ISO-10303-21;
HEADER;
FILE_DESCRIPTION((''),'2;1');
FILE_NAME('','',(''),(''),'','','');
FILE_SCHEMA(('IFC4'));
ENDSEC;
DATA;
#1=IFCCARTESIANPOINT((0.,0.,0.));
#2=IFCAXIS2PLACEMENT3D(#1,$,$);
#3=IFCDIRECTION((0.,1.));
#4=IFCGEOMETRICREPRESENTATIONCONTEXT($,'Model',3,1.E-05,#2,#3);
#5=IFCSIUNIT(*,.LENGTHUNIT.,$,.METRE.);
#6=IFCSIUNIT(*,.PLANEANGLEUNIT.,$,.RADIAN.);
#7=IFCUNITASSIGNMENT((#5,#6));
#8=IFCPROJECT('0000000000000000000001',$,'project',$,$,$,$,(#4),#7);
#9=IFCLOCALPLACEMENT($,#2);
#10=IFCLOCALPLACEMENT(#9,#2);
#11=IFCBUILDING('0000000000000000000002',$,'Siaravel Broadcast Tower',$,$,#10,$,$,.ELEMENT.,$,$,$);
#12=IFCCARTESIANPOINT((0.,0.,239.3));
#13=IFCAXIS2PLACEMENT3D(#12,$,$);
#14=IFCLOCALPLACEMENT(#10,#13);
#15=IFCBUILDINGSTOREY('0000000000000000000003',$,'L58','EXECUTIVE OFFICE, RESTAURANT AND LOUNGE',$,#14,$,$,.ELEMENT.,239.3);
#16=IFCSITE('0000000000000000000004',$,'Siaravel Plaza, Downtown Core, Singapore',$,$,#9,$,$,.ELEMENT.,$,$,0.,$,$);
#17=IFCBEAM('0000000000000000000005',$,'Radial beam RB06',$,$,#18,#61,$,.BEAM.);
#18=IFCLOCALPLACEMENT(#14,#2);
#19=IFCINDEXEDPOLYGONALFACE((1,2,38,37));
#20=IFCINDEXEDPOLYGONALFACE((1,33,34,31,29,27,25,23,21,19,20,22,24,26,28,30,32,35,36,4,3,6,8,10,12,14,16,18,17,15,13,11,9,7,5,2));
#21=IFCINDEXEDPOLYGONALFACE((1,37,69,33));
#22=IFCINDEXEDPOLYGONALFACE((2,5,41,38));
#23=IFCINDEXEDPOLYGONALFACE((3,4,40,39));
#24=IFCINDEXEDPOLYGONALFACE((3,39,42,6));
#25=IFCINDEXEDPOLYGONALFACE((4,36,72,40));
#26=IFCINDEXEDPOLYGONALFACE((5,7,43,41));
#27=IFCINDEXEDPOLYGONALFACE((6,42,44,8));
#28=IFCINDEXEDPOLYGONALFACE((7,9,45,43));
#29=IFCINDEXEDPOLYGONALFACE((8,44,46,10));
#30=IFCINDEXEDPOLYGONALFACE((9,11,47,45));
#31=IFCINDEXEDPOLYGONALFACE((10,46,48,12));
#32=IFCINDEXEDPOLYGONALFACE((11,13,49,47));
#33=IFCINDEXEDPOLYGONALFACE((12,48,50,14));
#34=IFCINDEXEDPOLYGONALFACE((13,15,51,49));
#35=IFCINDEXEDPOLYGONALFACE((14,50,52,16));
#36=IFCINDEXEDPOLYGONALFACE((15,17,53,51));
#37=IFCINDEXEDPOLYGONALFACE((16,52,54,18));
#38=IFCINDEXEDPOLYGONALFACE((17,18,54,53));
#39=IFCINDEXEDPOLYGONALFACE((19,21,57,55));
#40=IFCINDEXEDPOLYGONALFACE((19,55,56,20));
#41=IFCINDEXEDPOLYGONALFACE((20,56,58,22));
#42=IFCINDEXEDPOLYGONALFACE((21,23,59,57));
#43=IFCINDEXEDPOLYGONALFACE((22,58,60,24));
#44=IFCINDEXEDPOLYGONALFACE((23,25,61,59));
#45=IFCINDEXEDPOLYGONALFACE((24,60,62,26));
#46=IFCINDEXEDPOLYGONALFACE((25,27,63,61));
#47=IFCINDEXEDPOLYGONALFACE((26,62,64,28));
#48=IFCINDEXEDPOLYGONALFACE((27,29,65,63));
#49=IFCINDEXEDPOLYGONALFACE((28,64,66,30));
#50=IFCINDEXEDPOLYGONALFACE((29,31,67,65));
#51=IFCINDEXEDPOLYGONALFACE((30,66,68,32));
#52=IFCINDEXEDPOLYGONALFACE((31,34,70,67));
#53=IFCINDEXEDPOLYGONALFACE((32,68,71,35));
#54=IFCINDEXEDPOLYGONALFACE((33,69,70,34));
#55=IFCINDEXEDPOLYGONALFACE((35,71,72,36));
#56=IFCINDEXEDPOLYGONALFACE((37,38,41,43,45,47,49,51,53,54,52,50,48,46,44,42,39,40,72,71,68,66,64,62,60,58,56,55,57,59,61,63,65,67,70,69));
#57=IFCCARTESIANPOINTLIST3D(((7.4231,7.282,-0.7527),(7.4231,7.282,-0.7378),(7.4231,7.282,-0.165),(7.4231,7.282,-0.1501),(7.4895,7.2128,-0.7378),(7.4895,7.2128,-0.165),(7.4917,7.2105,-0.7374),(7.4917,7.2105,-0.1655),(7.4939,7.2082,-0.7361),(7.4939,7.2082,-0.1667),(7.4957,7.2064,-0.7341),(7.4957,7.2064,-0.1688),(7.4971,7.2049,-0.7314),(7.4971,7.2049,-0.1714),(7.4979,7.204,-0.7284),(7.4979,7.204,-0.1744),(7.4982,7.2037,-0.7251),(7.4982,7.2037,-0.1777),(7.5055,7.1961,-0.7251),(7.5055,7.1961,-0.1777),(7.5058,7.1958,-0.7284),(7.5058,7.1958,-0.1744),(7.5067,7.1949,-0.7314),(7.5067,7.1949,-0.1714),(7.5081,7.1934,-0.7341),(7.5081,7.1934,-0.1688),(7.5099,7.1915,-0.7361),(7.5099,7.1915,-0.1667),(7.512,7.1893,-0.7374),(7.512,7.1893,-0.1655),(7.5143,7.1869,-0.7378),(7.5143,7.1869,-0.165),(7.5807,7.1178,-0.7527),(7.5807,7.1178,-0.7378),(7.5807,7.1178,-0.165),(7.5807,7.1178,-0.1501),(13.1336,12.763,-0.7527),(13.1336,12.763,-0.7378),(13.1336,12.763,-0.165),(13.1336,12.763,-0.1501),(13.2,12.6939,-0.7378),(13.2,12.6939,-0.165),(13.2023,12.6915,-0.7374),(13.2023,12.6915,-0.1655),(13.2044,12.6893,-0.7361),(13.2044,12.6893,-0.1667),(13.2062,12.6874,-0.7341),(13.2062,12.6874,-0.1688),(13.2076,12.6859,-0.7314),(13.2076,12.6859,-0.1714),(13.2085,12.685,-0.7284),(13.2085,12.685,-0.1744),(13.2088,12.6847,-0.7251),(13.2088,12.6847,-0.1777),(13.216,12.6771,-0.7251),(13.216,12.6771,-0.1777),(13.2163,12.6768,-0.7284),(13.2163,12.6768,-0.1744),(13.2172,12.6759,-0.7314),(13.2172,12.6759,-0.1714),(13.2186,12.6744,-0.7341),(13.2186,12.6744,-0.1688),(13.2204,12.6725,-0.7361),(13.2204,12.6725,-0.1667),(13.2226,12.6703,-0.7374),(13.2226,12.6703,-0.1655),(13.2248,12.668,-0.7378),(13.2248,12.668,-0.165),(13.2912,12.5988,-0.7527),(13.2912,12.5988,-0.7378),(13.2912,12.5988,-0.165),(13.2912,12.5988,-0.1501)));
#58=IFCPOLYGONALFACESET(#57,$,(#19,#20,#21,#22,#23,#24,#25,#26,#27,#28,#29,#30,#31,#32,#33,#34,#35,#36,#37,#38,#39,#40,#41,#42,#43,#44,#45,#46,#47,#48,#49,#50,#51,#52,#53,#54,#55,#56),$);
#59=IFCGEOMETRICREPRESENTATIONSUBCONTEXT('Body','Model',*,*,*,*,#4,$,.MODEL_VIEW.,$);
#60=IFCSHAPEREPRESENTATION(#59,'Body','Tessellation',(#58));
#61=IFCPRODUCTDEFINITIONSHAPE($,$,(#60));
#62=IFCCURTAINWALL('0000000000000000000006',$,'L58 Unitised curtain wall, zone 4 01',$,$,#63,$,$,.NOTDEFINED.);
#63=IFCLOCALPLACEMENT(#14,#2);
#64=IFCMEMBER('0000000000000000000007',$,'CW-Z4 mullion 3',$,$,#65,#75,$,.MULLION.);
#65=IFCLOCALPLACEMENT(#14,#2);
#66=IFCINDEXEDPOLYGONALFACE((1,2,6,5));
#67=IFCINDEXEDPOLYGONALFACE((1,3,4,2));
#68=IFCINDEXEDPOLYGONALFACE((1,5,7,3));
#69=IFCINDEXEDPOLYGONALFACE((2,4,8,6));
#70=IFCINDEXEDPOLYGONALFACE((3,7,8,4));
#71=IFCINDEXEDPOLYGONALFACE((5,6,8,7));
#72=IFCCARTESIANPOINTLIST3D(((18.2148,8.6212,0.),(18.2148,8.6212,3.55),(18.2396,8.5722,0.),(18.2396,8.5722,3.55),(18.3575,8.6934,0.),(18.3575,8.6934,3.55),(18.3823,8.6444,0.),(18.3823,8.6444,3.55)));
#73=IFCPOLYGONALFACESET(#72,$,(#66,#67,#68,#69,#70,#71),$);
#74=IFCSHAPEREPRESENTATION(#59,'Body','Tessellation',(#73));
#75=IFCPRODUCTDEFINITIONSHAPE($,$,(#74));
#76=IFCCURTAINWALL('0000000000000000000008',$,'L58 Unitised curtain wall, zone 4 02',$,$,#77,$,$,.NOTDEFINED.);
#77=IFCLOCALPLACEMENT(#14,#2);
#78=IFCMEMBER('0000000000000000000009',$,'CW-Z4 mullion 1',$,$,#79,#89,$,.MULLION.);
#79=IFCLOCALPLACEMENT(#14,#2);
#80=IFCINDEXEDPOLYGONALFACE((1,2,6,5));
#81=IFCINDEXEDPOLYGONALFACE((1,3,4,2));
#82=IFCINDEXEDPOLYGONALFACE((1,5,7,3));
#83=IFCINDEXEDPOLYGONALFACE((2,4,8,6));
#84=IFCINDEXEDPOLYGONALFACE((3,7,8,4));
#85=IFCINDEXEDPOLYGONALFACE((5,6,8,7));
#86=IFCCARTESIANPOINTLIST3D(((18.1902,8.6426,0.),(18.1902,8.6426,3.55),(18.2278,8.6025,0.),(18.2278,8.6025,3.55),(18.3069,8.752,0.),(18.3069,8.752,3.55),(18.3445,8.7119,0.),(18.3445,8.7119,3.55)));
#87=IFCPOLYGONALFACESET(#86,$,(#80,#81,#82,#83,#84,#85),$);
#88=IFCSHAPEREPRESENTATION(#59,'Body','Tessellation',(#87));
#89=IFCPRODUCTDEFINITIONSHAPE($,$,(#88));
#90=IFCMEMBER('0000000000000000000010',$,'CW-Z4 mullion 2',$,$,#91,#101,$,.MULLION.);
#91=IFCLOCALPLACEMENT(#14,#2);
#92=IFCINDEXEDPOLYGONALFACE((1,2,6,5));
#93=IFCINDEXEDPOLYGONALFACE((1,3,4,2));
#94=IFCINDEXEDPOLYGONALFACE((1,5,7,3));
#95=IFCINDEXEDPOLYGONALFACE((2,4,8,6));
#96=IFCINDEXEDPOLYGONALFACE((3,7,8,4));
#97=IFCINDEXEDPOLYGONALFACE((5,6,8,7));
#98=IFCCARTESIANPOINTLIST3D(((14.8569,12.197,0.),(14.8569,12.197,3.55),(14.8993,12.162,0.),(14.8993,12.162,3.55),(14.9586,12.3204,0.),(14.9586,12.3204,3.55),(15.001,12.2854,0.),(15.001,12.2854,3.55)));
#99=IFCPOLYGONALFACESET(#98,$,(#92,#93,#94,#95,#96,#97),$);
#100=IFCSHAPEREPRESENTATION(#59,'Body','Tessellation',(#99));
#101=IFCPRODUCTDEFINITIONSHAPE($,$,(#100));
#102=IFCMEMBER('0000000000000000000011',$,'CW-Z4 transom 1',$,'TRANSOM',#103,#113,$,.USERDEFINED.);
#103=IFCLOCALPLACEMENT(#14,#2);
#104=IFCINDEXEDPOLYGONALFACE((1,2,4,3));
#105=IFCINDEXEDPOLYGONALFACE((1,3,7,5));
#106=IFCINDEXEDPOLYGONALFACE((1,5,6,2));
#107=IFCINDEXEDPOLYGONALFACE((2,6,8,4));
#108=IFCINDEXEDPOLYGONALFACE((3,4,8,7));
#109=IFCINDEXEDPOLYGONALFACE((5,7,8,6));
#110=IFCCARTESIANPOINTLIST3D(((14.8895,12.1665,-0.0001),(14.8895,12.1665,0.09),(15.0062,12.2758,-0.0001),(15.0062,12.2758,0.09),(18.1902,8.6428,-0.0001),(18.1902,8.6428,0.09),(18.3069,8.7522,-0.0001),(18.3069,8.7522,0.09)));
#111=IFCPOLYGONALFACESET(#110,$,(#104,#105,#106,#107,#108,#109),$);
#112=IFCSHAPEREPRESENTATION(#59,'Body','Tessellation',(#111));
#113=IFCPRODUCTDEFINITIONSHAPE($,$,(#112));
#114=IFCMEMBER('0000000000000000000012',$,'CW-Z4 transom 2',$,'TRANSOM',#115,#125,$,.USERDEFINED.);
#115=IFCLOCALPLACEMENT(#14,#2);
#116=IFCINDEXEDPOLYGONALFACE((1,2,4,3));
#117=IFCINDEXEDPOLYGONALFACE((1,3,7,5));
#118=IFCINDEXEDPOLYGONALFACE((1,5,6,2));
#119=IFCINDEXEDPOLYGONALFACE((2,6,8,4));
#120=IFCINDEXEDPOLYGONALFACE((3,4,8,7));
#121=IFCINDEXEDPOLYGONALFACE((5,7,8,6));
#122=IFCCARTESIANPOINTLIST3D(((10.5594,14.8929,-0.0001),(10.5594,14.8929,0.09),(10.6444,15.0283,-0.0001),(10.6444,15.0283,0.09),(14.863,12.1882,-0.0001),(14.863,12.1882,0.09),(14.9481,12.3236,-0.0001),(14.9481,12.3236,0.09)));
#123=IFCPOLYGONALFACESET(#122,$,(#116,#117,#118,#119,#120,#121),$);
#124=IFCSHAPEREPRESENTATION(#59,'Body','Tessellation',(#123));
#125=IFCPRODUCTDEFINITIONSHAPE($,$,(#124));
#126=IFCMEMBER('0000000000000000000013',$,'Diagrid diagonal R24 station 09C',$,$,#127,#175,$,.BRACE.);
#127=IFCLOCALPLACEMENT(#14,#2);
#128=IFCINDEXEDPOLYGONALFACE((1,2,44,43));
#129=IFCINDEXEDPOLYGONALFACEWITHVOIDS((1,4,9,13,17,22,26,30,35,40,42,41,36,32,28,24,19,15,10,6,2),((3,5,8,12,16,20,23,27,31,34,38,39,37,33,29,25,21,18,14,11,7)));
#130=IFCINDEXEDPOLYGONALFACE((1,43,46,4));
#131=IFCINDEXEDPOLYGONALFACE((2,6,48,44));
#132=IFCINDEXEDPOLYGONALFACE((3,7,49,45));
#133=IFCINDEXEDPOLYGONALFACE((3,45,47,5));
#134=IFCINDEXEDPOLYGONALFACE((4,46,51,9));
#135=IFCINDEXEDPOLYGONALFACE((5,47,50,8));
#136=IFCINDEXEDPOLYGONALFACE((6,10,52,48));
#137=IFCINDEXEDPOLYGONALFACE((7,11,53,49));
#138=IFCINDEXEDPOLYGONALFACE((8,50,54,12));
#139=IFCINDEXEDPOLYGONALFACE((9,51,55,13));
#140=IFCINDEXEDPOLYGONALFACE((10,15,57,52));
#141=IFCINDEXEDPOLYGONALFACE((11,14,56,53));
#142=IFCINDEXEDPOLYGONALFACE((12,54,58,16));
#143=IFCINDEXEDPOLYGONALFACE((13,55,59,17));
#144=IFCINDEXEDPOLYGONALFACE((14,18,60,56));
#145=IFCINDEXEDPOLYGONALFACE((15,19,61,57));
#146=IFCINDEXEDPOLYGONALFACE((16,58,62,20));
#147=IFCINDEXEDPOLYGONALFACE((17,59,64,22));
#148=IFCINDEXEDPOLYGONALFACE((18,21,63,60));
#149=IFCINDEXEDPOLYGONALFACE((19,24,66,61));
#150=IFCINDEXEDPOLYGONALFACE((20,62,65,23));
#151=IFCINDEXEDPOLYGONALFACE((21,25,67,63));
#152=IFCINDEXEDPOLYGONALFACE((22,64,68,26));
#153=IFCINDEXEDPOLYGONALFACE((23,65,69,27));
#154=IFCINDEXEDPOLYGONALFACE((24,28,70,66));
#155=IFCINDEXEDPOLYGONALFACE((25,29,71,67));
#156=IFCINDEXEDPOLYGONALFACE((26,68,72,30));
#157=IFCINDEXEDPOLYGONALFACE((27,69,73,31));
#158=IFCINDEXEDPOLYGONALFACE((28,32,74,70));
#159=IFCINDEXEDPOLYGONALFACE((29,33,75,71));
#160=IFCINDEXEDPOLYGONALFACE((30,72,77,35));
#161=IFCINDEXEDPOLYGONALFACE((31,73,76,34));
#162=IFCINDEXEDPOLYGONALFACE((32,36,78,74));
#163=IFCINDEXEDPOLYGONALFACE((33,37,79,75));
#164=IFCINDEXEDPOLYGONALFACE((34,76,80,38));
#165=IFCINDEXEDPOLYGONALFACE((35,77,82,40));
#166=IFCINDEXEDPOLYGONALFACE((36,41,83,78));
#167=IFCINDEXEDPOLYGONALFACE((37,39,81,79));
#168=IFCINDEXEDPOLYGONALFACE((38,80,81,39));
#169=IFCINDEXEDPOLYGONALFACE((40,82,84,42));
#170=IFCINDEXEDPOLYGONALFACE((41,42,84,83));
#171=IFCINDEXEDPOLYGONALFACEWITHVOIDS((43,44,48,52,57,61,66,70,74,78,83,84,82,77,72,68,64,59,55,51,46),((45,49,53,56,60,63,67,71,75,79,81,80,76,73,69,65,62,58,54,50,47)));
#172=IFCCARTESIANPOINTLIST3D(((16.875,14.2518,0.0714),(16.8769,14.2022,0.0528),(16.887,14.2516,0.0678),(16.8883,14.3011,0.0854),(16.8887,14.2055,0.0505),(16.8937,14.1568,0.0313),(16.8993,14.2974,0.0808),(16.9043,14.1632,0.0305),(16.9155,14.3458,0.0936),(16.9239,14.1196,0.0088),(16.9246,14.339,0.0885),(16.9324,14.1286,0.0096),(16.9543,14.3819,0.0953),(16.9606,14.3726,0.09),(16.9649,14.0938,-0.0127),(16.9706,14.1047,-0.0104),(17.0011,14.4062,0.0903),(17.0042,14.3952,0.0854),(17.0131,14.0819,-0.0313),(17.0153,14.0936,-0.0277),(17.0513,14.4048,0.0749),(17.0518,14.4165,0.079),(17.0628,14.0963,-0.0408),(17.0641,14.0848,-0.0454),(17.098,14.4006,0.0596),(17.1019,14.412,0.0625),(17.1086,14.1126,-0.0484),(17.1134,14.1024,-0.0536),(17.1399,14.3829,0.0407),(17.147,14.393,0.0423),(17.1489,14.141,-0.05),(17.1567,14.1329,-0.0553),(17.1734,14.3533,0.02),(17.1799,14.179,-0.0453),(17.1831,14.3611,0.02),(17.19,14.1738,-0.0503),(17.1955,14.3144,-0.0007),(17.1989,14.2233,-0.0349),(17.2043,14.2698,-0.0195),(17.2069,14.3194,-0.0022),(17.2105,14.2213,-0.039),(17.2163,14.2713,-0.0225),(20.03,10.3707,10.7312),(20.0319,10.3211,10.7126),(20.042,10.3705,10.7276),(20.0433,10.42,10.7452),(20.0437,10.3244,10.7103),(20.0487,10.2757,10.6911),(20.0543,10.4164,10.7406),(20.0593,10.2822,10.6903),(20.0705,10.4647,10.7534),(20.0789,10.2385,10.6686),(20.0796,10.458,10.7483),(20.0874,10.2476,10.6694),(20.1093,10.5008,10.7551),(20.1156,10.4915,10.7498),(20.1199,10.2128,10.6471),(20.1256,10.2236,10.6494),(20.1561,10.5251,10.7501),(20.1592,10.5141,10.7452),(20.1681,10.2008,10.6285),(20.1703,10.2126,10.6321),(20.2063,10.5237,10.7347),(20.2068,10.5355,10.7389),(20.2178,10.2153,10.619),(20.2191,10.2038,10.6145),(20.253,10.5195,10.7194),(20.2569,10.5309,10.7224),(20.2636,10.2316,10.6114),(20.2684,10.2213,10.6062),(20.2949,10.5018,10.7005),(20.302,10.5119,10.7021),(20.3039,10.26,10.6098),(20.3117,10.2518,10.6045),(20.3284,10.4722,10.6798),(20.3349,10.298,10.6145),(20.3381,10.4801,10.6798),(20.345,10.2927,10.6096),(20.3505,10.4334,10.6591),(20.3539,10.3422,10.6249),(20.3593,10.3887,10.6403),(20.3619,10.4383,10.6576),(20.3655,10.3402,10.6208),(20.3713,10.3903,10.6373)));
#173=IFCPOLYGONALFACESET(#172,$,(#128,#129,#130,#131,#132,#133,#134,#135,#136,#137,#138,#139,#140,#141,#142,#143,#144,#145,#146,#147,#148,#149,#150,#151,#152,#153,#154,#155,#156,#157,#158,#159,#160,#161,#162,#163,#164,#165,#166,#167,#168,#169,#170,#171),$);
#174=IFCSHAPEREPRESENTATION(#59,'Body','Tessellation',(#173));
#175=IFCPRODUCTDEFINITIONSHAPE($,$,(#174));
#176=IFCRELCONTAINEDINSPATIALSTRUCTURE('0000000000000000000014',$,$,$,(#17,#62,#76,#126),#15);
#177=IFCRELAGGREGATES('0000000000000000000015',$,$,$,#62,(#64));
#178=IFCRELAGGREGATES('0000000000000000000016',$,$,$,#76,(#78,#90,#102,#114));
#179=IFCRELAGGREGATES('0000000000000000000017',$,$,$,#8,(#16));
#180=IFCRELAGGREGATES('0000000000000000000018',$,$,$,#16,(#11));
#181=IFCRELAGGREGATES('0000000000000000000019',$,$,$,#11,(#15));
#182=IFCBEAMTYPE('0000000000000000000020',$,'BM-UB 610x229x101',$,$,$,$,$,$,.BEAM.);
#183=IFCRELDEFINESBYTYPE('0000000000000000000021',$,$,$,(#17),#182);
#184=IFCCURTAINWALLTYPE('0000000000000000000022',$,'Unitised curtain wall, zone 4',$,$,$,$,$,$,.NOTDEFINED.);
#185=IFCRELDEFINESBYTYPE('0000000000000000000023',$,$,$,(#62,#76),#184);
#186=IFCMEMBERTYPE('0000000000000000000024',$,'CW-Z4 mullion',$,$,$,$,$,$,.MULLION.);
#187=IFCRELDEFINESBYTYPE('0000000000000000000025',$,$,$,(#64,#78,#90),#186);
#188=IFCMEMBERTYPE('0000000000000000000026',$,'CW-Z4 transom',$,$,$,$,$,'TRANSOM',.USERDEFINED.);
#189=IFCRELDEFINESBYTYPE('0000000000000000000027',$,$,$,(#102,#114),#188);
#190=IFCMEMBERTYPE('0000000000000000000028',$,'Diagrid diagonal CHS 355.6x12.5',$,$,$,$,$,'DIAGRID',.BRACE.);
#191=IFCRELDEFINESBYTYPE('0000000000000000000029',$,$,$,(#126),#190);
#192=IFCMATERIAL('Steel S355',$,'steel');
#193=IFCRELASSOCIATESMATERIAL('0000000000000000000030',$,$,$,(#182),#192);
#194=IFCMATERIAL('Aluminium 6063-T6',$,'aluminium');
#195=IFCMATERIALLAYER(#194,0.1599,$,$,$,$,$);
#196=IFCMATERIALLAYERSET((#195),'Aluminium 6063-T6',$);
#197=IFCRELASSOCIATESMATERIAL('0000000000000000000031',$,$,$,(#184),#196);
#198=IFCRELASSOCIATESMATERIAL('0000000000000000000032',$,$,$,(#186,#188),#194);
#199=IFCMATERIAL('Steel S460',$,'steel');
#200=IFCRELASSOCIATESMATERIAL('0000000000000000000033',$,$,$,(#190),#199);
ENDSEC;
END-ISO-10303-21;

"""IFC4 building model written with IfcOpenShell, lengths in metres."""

from ifc_helpers import new_model, si_unit, direction, frame, origin, origin_2d, place, context, subcontext, project, spatial, rectangle, hollow_circle, i_section, extrude, material, layer, layer_set, material_profile, profile_set, type_object, element, aggregate, save


model = new_model("IFC4")

# Units and contexts
model_context = context("Model", 3, precision=1e-05, world=origin(), true_north=direction((0.0, 1.0)))
body_context = subcontext(model_context, "Body", "Model", "MODEL_VIEW")
ifc_project = project(units=[si_unit("LENGTHUNIT", "METRE"), si_unit("PLANEANGLEUNIT", "RADIAN")], contexts=[model_context])

# Site, building, storey
site_placement = place(None, origin())
site = spatial("IfcSite", under=ifc_project, at=site_placement, Name="Siaravel Plaza, Downtown Core, Singapore", CompositionType="ELEMENT", RefElevation=0.0)
building_placement = place(site_placement, origin())
building = spatial("IfcBuilding", under=site, at=building_placement, Name="Siaravel Broadcast Tower", CompositionType="ELEMENT")
storey_placement = place(building_placement, frame((0.0, 0.0, 239.3)))
storey = spatial("IfcBuildingStorey", under=building, at=storey_placement, Name="L58", Description="EXECUTIVE OFFICE, RESTAURANT AND LOUNGE", CompositionType="ELEMENT", Elevation=239.3)

# Beam
ifc_material_1 = material(Name="Steel S355", Category="steel")
ifc_material_profile_1 = material_profile(ifc_material_1, i_section(OverallWidth=0.2275, OverallDepth=0.6025, WebThickness=0.0105, FlangeThickness=0.0149, FilletRadius=0.0127, at=origin_2d()))
ifc_profile_set_1 = profile_set([ifc_material_profile_1], Name="Steel S355")
beam_type = type_object("IfcBeamType", Name="BM-UB 610x229x101", PredefinedType="BEAM", material=ifc_profile_set_1)
beam_1_placement = place(storey_placement, frame((13.2124, 12.6809, -0.4514), z_axis=(-0.721455, -0.692461, 0.0), x_axis=(0.692461, -0.721455, 0.0)))
element("IfcBeam", 1, at=beam_1_placement, inside=storey, type_object=beam_type, Name="Radial beam RB06", PredefinedType="BEAM", context=body_context, shape_type="SweptSolid", body=[
    extrude(i_section(OverallWidth=0.2275, OverallDepth=0.6025, WebThickness=0.0105, FlangeThickness=0.0149, FilletRadius=0.0127, at=origin_2d()), origin(), (0.0, 0.0, 1.0), 7.9153),
])

# Curtain wall, member
ifc_material_2 = material(Name="Aluminium 6063-T6", Category="aluminium")
ifc_layer_1 = layer(ifc_material_2, 0.1599)
ifc_layer_set_1 = layer_set([ifc_layer_1], Name="Aluminium 6063-T6")
curtain_wall_type = type_object("IfcCurtainWallType", Name="Unitised curtain wall, zone 4", PredefinedType="NOTDEFINED", material=ifc_layer_set_1)
curtain_wall_1_placement = place(storey_placement, origin())
curtain_wall_1 = element("IfcCurtainWall", 2, at=curtain_wall_1_placement, inside=storey, type_object=curtain_wall_type, Name="L58 Unitised curtain wall, zone 4 01", PredefinedType="NOTDEFINED")
ifc_material_profile_2 = material_profile(ifc_material_2, rectangle(XDim=0.1599, YDim=0.0549, at=origin_2d()))
ifc_profile_set_2 = profile_set([ifc_material_profile_2], Name="Aluminium 6063-T6")
member_type_1 = type_object("IfcMemberType", Name="CW-Z4 mullion", PredefinedType="MULLION", material=ifc_profile_set_2)
member_1_placement = place(storey_placement, frame((18.2986, 8.6328, 0.0), z_axis=(0.0, 0.0, 1.0), x_axis=(-0.892393, -0.451259, 0.0)))
member_1 = element("IfcMember", 3, at=member_1_placement, type_object=member_type_1, Name="CW-Z4 mullion 3", PredefinedType="MULLION", context=body_context, shape_type="SweptSolid", body=[
    extrude(rectangle(XDim=0.1599, YDim=0.0549, at=origin_2d()), origin(), (0.0, 0.0, 1.0), 3.55),
])
aggregate(curtain_wall_1, [member_1])

# Curtain wall, members
curtain_wall_2_placement = place(storey_placement, origin())
curtain_wall_2 = element("IfcCurtainWall", 4, at=curtain_wall_2_placement, inside=storey, type_object=curtain_wall_type, Name="L58 Unitised curtain wall, zone 4 02", PredefinedType="NOTDEFINED")
member_2_placement = place(storey_placement, frame((18.2673, 8.6772, 0.0), z_axis=(0.0, 0.0, 1.0), x_axis=(-0.729807, -0.683654, 0.0)))
member_2 = element("IfcMember", 5, at=member_2_placement, type_object=member_type_1, Name="CW-Z4 mullion 1", PredefinedType="MULLION", context=body_context, shape_type="SweptSolid", body=[
    extrude(rectangle(XDim=0.1599, YDim=0.0549, at=origin_2d()), origin(), (0.0, 0.0, 1.0), 3.55),
])
member_3_placement = place(storey_placement, frame((14.929, 12.2412, 0.0), z_axis=(0.0, 0.0, 1.0), x_axis=(-0.63622, -0.771508, 0.0)))
member_3 = element("IfcMember", 6, at=member_3_placement, type_object=member_type_1, Name="CW-Z4 mullion 2", PredefinedType="MULLION", context=body_context, shape_type="SweptSolid", body=[
    extrude(rectangle(XDim=0.1599, YDim=0.0549, at=origin_2d()), origin(), (0.0, 0.0, 1.0), 3.55),
])
ifc_material_profile_3 = material_profile(ifc_material_2, rectangle(XDim=0.1599, YDim=0.0901, at=origin_2d()))
ifc_profile_set_3 = profile_set([ifc_material_profile_3], Name="Aluminium 6063-T6")
member_type_2 = type_object("IfcMemberType", Name="CW-Z4 transom", ElementType="TRANSOM", PredefinedType="USERDEFINED", material=ifc_profile_set_3)
member_4_placement = place(storey_placement, frame((18.2485, 8.6975, 0.0449), z_axis=(-0.683647, 0.729813, 0.0), x_axis=(-0.729813, -0.683647, 0.0)))
member_4 = element("IfcMember", 7, at=member_4_placement, type_object=member_type_2, Name="CW-Z4 transom 1", ObjectType="TRANSOM", PredefinedType="USERDEFINED", context=body_context, shape_type="SweptSolid", body=[
    extrude(rectangle(XDim=0.1599, YDim=0.0901, at=origin_2d()), origin(), (0.0, 0.0, 1.0), 4.8281),
])
member_5_placement = place(storey_placement, frame((14.9055, 12.2559, 0.0449), z_axis=(-0.846668, 0.532121, 0.0), x_axis=(-0.532121, -0.846668, 0.0)))
member_5 = element("IfcMember", 8, at=member_5_placement, type_object=member_type_2, Name="CW-Z4 transom 2", ObjectType="TRANSOM", PredefinedType="USERDEFINED", context=body_context, shape_type="SweptSolid", body=[
    extrude(rectangle(XDim=0.1599, YDim=0.0901, at=origin_2d()), origin(), (0.0, 0.0, 1.0), 5.083),
])

# Member
ifc_material_3 = material(Name="Steel S460", Category="steel")
ifc_material_profile_4 = material_profile(ifc_material_3, hollow_circle(Radius=0.1777, WallThickness=0.0125, at=origin_2d()))
ifc_profile_set_4 = profile_set([ifc_material_profile_4], Name="Steel S460")
member_type_3 = type_object("IfcMemberType", Name="Diagrid diagonal CHS 355.6x12.5", ElementType="DIAGRID", PredefinedType="BRACE", material=ifc_profile_set_4)
member_6_placement = place(storey_placement, frame((17.0452, 14.249, 0.02), z_axis=(0.267943, -0.329605, 0.905299), x_axis=(0.775954, 0.630789, 0.0)))
element("IfcMember", 9, at=member_6_placement, inside=storey, type_object=member_type_3, Name="Diagrid diagonal R24 station 09C", PredefinedType="BRACE", context=body_context, shape_type="SweptSolid", body=[
    extrude(hollow_circle(Radius=0.1777, WallThickness=0.0125, at=origin_2d()), origin(), (0.0, 0.0, 1.0), 11.7749),
])

aggregate(curtain_wall_2, [member_2, member_3, member_4, member_5])

save(model, "model.ifc")
